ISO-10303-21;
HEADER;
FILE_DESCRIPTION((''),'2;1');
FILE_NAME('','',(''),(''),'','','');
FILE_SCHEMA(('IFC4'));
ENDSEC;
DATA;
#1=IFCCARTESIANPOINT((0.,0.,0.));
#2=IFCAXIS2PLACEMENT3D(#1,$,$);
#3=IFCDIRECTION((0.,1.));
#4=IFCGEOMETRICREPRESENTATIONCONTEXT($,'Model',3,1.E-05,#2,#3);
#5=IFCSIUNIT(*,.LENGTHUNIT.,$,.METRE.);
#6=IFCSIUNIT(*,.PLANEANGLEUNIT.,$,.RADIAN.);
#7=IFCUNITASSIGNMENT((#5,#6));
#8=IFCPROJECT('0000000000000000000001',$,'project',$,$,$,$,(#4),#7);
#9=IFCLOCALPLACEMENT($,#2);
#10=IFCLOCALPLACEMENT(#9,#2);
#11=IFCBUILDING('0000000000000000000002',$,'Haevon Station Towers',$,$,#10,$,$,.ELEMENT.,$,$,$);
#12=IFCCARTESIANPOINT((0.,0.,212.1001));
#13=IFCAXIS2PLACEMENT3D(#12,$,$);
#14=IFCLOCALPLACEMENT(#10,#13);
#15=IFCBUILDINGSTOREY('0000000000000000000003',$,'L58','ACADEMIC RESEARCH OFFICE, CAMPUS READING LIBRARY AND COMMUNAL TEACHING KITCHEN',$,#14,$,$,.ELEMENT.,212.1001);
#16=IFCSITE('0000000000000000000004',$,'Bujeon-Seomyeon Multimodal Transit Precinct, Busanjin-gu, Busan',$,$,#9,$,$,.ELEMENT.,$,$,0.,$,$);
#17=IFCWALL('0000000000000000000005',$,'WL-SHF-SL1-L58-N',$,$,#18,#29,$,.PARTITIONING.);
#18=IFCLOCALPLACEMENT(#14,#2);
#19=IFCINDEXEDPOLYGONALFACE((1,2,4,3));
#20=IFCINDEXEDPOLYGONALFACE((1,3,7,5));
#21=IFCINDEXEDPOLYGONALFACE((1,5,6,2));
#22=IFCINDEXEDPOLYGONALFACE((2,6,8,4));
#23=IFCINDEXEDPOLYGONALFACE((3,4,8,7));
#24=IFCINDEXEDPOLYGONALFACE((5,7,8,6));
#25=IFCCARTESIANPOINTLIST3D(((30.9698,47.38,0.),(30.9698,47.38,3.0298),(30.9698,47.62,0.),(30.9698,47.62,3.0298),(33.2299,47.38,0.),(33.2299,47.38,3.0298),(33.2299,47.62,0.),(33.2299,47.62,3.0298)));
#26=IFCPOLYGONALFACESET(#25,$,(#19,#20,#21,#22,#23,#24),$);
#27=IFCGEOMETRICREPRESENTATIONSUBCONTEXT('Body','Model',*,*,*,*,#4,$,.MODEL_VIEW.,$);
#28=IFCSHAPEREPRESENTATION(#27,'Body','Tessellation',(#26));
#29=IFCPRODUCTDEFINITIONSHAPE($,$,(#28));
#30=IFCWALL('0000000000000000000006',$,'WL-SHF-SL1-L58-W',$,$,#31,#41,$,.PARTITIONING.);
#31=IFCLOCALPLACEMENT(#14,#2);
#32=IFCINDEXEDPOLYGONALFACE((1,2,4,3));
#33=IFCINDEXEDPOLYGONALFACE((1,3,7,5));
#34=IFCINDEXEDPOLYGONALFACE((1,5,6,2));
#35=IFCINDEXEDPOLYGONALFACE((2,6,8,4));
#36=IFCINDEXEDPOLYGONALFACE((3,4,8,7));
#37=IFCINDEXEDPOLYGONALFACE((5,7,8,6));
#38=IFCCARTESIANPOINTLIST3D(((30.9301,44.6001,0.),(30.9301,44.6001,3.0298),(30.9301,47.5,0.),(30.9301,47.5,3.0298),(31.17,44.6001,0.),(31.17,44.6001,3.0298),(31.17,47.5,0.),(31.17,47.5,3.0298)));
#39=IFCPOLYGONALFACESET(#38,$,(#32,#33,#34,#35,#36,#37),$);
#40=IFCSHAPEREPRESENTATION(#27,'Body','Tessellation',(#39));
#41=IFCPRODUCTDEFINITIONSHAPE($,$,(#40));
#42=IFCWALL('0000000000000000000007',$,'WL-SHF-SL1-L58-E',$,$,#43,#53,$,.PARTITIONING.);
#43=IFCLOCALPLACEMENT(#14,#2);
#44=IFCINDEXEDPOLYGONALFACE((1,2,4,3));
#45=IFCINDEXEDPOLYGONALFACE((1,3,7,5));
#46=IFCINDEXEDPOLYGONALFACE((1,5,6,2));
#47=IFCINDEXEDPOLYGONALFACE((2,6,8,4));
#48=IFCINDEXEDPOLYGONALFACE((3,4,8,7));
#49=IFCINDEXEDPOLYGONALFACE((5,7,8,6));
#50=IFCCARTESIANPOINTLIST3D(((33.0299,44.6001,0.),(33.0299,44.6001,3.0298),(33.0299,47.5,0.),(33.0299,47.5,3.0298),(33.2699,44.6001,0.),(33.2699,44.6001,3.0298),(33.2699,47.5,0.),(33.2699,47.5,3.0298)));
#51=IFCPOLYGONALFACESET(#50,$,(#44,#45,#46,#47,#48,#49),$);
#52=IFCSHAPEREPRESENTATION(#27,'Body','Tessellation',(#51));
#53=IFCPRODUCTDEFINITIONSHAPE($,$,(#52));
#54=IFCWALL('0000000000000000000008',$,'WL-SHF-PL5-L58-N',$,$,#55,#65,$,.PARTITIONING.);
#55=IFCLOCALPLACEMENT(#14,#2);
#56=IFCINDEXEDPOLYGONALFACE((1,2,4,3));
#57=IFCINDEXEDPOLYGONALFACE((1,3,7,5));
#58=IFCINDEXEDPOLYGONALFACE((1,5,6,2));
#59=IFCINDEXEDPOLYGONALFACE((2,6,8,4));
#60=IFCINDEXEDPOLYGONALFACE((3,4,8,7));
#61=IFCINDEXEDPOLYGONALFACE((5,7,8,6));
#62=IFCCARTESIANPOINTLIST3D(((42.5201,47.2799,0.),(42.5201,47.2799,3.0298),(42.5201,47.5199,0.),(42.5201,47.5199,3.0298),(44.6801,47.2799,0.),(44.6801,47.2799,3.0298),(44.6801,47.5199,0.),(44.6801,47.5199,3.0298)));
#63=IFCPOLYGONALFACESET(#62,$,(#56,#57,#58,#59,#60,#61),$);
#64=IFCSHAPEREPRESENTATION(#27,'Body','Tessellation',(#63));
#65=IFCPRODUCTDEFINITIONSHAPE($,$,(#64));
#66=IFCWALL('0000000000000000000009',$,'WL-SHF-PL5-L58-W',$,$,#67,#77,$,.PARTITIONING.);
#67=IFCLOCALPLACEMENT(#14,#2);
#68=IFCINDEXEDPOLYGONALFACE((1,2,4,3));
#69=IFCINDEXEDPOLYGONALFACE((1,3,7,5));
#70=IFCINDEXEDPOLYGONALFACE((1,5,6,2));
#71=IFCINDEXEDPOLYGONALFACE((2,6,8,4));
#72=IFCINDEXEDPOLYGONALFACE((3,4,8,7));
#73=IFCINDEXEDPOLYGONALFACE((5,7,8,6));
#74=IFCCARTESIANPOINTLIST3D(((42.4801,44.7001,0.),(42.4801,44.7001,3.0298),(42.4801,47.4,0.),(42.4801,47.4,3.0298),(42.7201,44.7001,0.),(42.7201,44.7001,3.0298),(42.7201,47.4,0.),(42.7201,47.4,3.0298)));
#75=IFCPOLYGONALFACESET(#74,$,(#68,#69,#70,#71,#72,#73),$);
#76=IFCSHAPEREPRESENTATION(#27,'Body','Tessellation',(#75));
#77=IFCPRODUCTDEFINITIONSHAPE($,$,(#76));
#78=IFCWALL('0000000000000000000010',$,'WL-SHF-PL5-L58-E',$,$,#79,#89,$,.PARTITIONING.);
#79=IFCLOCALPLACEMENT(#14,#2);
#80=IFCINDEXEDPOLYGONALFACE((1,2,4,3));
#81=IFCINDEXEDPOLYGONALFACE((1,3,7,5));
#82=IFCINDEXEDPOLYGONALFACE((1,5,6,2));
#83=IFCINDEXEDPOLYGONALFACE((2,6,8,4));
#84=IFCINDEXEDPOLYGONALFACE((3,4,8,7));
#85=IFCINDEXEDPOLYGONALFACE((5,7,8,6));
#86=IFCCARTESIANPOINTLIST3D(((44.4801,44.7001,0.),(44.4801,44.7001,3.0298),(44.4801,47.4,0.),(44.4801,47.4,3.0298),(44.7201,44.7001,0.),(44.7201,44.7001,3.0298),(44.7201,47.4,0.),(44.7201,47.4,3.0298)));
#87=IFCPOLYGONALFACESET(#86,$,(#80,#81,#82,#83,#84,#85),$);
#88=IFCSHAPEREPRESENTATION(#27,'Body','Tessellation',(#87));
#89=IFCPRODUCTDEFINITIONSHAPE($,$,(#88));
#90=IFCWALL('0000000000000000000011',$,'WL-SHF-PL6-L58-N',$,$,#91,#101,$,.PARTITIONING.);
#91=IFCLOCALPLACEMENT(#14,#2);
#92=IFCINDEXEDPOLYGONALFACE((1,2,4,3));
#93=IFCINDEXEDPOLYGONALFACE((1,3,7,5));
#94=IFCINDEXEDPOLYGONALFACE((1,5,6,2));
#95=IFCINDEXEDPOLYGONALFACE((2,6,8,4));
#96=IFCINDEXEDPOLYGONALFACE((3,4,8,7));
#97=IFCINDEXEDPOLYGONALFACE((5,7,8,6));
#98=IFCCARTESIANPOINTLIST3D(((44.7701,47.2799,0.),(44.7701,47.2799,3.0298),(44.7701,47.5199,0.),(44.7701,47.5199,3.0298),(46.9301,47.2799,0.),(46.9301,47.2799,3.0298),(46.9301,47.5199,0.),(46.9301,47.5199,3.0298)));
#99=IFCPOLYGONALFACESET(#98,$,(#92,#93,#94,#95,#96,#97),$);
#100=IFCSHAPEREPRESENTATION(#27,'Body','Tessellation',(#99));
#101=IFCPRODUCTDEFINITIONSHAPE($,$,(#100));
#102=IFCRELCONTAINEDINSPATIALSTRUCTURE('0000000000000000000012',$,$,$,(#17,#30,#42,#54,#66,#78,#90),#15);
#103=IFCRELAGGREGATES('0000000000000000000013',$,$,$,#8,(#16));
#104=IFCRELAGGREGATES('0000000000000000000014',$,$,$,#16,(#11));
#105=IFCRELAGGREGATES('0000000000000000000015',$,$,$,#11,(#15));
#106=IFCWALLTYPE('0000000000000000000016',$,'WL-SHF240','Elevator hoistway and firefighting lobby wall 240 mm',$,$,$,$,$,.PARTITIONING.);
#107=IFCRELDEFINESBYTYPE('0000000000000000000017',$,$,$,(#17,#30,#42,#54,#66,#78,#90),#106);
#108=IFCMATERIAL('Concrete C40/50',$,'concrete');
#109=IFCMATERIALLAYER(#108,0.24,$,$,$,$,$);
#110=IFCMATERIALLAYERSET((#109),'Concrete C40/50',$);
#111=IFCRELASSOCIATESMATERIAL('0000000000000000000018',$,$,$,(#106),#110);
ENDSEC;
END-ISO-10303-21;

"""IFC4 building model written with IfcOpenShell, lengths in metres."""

from ifc_helpers import new_model, si_unit, direction, frame, frame_2d, origin, place, context, subcontext, project, spatial, rectangle, extrude, material, layer, layer_set, type_object, element, save


model = new_model("IFC4")

# Units and contexts
model_context = context("Model", 3, precision=1e-05, world=origin(), true_north=direction((0.0, 1.0)))
body_context = subcontext(model_context, "Body", "Model", "MODEL_VIEW")
ifc_project = project(units=[si_unit("LENGTHUNIT", "METRE"), si_unit("PLANEANGLEUNIT", "RADIAN")], contexts=[model_context])

# Site, building, storey
site_placement = place(None, origin())
site = spatial("IfcSite", under=ifc_project, at=site_placement, Name="Bujeon-Seomyeon Multimodal Transit Precinct, Busanjin-gu, Busan", CompositionType="ELEMENT", RefElevation=0.0)
building_placement = place(site_placement, origin())
building = spatial("IfcBuilding", under=site, at=building_placement, Name="Haevon Station Towers", CompositionType="ELEMENT")
storey_placement = place(building_placement, frame((0.0, 0.0, 212.1001)))
storey = spatial("IfcBuildingStorey", under=building, at=storey_placement, Name="L58", Description="ACADEMIC RESEARCH OFFICE, CAMPUS READING LIBRARY AND COMMUNAL TEACHING KITCHEN", CompositionType="ELEMENT", Elevation=212.1001)

# Shared definitions
ifc_material_1 = material(Name="Concrete C40/50", Category="concrete")
ifc_layer_1 = layer(ifc_material_1, 0.24)
ifc_layer_set_1 = layer_set([ifc_layer_1], Name="Concrete C40/50")
wall_type_1 = type_object("IfcWallType", Name="WL-SHF240", Description="Elevator hoistway and firefighting lobby wall 240 mm", PredefinedType="PARTITIONING", material=ifc_layer_set_1)

# Walls
wall_1_placement = place(storey_placement, frame((30.97, 47.5, 0.0), z_axis=(0.0, 0.0, 1.0), x_axis=(1.0, 0.0, 0.0)))
element("IfcWall", 1, at=wall_1_placement, inside=storey, type_object=wall_type_1, Name="WL-SHF-SL1-L58-N", PredefinedType="PARTITIONING", context=body_context, shape_type="SweptSolid", body=[
    extrude(rectangle(XDim=2.26, YDim=0.24, at=frame_2d((1.1299, 0.0))), origin(), (0.0, 0.0, 1.0), 3.0298),
])
for number, where, z_axis, x_axis, name in (
    (2, (31.05, 44.6001, 0.0), (0.0, 0.0, 1.0), (0.0, 1.0, 0.0), "WL-SHF-SL1-L58-W"),
    (3, (33.1499, 44.6001, 0.0), (0.0, 0.0, 1.0), (0.0, 1.0, 0.0), "WL-SHF-SL1-L58-E"),
):
    element("IfcWall", number, at=place(storey_placement, frame(where, z_axis=z_axis, x_axis=x_axis)), inside=storey, type_object=wall_type_1, Name=name, PredefinedType="PARTITIONING", context=body_context, shape_type="SweptSolid", body=[
        extrude(rectangle(XDim=2.8999, YDim=0.24, at=frame_2d((1.45, 0.0))), origin(), (0.0, 0.0, 1.0), 3.0298),
    ])

# Walls
wall_2_placement = place(storey_placement, frame((42.52, 47.3999, 0.0), z_axis=(0.0, 0.0, 1.0), x_axis=(1.0, 0.0, 0.0)))
element("IfcWall", 4, at=wall_2_placement, inside=storey, type_object=wall_type_1, Name="WL-SHF-PL5-L58-N", PredefinedType="PARTITIONING", context=body_context, shape_type="SweptSolid", body=[
    extrude(rectangle(XDim=2.1599, YDim=0.24, at=frame_2d((1.0801, 0.0))), origin(), (0.0, 0.0, 1.0), 3.0298),
])
for number, where, z_axis, x_axis, name in (
    (5, (42.6001, 44.7, 0.0), (0.0, 0.0, 1.0), (0.0, 1.0, 0.0), "WL-SHF-PL5-L58-W"),
    (6, (44.6001, 44.7, 0.0), (0.0, 0.0, 1.0), (0.0, 1.0, 0.0), "WL-SHF-PL5-L58-E"),
):
    element("IfcWall", number, at=place(storey_placement, frame(where, z_axis=z_axis, x_axis=x_axis)), inside=storey, type_object=wall_type_1, Name=name, PredefinedType="PARTITIONING", context=body_context, shape_type="SweptSolid", body=[
        extrude(rectangle(XDim=2.7, YDim=0.24, at=frame_2d((1.3501, 0.0))), origin(), (0.0, 0.0, 1.0), 3.0298),
    ])

# Wall
wall_3_placement = place(storey_placement, frame((44.77, 47.3999, 0.0), z_axis=(0.0, 0.0, 1.0), x_axis=(1.0, 0.0, 0.0)))
element("IfcWall", 7, at=wall_3_placement, inside=storey, type_object=wall_type_1, Name="WL-SHF-PL6-L58-N", PredefinedType="PARTITIONING", context=body_context, shape_type="SweptSolid", body=[
    extrude(rectangle(XDim=2.1599, YDim=0.24, at=frame_2d((1.0801, 0.0))), origin(), (0.0, 0.0, 1.0), 3.0298),
])

save(model, "model.ifc")
